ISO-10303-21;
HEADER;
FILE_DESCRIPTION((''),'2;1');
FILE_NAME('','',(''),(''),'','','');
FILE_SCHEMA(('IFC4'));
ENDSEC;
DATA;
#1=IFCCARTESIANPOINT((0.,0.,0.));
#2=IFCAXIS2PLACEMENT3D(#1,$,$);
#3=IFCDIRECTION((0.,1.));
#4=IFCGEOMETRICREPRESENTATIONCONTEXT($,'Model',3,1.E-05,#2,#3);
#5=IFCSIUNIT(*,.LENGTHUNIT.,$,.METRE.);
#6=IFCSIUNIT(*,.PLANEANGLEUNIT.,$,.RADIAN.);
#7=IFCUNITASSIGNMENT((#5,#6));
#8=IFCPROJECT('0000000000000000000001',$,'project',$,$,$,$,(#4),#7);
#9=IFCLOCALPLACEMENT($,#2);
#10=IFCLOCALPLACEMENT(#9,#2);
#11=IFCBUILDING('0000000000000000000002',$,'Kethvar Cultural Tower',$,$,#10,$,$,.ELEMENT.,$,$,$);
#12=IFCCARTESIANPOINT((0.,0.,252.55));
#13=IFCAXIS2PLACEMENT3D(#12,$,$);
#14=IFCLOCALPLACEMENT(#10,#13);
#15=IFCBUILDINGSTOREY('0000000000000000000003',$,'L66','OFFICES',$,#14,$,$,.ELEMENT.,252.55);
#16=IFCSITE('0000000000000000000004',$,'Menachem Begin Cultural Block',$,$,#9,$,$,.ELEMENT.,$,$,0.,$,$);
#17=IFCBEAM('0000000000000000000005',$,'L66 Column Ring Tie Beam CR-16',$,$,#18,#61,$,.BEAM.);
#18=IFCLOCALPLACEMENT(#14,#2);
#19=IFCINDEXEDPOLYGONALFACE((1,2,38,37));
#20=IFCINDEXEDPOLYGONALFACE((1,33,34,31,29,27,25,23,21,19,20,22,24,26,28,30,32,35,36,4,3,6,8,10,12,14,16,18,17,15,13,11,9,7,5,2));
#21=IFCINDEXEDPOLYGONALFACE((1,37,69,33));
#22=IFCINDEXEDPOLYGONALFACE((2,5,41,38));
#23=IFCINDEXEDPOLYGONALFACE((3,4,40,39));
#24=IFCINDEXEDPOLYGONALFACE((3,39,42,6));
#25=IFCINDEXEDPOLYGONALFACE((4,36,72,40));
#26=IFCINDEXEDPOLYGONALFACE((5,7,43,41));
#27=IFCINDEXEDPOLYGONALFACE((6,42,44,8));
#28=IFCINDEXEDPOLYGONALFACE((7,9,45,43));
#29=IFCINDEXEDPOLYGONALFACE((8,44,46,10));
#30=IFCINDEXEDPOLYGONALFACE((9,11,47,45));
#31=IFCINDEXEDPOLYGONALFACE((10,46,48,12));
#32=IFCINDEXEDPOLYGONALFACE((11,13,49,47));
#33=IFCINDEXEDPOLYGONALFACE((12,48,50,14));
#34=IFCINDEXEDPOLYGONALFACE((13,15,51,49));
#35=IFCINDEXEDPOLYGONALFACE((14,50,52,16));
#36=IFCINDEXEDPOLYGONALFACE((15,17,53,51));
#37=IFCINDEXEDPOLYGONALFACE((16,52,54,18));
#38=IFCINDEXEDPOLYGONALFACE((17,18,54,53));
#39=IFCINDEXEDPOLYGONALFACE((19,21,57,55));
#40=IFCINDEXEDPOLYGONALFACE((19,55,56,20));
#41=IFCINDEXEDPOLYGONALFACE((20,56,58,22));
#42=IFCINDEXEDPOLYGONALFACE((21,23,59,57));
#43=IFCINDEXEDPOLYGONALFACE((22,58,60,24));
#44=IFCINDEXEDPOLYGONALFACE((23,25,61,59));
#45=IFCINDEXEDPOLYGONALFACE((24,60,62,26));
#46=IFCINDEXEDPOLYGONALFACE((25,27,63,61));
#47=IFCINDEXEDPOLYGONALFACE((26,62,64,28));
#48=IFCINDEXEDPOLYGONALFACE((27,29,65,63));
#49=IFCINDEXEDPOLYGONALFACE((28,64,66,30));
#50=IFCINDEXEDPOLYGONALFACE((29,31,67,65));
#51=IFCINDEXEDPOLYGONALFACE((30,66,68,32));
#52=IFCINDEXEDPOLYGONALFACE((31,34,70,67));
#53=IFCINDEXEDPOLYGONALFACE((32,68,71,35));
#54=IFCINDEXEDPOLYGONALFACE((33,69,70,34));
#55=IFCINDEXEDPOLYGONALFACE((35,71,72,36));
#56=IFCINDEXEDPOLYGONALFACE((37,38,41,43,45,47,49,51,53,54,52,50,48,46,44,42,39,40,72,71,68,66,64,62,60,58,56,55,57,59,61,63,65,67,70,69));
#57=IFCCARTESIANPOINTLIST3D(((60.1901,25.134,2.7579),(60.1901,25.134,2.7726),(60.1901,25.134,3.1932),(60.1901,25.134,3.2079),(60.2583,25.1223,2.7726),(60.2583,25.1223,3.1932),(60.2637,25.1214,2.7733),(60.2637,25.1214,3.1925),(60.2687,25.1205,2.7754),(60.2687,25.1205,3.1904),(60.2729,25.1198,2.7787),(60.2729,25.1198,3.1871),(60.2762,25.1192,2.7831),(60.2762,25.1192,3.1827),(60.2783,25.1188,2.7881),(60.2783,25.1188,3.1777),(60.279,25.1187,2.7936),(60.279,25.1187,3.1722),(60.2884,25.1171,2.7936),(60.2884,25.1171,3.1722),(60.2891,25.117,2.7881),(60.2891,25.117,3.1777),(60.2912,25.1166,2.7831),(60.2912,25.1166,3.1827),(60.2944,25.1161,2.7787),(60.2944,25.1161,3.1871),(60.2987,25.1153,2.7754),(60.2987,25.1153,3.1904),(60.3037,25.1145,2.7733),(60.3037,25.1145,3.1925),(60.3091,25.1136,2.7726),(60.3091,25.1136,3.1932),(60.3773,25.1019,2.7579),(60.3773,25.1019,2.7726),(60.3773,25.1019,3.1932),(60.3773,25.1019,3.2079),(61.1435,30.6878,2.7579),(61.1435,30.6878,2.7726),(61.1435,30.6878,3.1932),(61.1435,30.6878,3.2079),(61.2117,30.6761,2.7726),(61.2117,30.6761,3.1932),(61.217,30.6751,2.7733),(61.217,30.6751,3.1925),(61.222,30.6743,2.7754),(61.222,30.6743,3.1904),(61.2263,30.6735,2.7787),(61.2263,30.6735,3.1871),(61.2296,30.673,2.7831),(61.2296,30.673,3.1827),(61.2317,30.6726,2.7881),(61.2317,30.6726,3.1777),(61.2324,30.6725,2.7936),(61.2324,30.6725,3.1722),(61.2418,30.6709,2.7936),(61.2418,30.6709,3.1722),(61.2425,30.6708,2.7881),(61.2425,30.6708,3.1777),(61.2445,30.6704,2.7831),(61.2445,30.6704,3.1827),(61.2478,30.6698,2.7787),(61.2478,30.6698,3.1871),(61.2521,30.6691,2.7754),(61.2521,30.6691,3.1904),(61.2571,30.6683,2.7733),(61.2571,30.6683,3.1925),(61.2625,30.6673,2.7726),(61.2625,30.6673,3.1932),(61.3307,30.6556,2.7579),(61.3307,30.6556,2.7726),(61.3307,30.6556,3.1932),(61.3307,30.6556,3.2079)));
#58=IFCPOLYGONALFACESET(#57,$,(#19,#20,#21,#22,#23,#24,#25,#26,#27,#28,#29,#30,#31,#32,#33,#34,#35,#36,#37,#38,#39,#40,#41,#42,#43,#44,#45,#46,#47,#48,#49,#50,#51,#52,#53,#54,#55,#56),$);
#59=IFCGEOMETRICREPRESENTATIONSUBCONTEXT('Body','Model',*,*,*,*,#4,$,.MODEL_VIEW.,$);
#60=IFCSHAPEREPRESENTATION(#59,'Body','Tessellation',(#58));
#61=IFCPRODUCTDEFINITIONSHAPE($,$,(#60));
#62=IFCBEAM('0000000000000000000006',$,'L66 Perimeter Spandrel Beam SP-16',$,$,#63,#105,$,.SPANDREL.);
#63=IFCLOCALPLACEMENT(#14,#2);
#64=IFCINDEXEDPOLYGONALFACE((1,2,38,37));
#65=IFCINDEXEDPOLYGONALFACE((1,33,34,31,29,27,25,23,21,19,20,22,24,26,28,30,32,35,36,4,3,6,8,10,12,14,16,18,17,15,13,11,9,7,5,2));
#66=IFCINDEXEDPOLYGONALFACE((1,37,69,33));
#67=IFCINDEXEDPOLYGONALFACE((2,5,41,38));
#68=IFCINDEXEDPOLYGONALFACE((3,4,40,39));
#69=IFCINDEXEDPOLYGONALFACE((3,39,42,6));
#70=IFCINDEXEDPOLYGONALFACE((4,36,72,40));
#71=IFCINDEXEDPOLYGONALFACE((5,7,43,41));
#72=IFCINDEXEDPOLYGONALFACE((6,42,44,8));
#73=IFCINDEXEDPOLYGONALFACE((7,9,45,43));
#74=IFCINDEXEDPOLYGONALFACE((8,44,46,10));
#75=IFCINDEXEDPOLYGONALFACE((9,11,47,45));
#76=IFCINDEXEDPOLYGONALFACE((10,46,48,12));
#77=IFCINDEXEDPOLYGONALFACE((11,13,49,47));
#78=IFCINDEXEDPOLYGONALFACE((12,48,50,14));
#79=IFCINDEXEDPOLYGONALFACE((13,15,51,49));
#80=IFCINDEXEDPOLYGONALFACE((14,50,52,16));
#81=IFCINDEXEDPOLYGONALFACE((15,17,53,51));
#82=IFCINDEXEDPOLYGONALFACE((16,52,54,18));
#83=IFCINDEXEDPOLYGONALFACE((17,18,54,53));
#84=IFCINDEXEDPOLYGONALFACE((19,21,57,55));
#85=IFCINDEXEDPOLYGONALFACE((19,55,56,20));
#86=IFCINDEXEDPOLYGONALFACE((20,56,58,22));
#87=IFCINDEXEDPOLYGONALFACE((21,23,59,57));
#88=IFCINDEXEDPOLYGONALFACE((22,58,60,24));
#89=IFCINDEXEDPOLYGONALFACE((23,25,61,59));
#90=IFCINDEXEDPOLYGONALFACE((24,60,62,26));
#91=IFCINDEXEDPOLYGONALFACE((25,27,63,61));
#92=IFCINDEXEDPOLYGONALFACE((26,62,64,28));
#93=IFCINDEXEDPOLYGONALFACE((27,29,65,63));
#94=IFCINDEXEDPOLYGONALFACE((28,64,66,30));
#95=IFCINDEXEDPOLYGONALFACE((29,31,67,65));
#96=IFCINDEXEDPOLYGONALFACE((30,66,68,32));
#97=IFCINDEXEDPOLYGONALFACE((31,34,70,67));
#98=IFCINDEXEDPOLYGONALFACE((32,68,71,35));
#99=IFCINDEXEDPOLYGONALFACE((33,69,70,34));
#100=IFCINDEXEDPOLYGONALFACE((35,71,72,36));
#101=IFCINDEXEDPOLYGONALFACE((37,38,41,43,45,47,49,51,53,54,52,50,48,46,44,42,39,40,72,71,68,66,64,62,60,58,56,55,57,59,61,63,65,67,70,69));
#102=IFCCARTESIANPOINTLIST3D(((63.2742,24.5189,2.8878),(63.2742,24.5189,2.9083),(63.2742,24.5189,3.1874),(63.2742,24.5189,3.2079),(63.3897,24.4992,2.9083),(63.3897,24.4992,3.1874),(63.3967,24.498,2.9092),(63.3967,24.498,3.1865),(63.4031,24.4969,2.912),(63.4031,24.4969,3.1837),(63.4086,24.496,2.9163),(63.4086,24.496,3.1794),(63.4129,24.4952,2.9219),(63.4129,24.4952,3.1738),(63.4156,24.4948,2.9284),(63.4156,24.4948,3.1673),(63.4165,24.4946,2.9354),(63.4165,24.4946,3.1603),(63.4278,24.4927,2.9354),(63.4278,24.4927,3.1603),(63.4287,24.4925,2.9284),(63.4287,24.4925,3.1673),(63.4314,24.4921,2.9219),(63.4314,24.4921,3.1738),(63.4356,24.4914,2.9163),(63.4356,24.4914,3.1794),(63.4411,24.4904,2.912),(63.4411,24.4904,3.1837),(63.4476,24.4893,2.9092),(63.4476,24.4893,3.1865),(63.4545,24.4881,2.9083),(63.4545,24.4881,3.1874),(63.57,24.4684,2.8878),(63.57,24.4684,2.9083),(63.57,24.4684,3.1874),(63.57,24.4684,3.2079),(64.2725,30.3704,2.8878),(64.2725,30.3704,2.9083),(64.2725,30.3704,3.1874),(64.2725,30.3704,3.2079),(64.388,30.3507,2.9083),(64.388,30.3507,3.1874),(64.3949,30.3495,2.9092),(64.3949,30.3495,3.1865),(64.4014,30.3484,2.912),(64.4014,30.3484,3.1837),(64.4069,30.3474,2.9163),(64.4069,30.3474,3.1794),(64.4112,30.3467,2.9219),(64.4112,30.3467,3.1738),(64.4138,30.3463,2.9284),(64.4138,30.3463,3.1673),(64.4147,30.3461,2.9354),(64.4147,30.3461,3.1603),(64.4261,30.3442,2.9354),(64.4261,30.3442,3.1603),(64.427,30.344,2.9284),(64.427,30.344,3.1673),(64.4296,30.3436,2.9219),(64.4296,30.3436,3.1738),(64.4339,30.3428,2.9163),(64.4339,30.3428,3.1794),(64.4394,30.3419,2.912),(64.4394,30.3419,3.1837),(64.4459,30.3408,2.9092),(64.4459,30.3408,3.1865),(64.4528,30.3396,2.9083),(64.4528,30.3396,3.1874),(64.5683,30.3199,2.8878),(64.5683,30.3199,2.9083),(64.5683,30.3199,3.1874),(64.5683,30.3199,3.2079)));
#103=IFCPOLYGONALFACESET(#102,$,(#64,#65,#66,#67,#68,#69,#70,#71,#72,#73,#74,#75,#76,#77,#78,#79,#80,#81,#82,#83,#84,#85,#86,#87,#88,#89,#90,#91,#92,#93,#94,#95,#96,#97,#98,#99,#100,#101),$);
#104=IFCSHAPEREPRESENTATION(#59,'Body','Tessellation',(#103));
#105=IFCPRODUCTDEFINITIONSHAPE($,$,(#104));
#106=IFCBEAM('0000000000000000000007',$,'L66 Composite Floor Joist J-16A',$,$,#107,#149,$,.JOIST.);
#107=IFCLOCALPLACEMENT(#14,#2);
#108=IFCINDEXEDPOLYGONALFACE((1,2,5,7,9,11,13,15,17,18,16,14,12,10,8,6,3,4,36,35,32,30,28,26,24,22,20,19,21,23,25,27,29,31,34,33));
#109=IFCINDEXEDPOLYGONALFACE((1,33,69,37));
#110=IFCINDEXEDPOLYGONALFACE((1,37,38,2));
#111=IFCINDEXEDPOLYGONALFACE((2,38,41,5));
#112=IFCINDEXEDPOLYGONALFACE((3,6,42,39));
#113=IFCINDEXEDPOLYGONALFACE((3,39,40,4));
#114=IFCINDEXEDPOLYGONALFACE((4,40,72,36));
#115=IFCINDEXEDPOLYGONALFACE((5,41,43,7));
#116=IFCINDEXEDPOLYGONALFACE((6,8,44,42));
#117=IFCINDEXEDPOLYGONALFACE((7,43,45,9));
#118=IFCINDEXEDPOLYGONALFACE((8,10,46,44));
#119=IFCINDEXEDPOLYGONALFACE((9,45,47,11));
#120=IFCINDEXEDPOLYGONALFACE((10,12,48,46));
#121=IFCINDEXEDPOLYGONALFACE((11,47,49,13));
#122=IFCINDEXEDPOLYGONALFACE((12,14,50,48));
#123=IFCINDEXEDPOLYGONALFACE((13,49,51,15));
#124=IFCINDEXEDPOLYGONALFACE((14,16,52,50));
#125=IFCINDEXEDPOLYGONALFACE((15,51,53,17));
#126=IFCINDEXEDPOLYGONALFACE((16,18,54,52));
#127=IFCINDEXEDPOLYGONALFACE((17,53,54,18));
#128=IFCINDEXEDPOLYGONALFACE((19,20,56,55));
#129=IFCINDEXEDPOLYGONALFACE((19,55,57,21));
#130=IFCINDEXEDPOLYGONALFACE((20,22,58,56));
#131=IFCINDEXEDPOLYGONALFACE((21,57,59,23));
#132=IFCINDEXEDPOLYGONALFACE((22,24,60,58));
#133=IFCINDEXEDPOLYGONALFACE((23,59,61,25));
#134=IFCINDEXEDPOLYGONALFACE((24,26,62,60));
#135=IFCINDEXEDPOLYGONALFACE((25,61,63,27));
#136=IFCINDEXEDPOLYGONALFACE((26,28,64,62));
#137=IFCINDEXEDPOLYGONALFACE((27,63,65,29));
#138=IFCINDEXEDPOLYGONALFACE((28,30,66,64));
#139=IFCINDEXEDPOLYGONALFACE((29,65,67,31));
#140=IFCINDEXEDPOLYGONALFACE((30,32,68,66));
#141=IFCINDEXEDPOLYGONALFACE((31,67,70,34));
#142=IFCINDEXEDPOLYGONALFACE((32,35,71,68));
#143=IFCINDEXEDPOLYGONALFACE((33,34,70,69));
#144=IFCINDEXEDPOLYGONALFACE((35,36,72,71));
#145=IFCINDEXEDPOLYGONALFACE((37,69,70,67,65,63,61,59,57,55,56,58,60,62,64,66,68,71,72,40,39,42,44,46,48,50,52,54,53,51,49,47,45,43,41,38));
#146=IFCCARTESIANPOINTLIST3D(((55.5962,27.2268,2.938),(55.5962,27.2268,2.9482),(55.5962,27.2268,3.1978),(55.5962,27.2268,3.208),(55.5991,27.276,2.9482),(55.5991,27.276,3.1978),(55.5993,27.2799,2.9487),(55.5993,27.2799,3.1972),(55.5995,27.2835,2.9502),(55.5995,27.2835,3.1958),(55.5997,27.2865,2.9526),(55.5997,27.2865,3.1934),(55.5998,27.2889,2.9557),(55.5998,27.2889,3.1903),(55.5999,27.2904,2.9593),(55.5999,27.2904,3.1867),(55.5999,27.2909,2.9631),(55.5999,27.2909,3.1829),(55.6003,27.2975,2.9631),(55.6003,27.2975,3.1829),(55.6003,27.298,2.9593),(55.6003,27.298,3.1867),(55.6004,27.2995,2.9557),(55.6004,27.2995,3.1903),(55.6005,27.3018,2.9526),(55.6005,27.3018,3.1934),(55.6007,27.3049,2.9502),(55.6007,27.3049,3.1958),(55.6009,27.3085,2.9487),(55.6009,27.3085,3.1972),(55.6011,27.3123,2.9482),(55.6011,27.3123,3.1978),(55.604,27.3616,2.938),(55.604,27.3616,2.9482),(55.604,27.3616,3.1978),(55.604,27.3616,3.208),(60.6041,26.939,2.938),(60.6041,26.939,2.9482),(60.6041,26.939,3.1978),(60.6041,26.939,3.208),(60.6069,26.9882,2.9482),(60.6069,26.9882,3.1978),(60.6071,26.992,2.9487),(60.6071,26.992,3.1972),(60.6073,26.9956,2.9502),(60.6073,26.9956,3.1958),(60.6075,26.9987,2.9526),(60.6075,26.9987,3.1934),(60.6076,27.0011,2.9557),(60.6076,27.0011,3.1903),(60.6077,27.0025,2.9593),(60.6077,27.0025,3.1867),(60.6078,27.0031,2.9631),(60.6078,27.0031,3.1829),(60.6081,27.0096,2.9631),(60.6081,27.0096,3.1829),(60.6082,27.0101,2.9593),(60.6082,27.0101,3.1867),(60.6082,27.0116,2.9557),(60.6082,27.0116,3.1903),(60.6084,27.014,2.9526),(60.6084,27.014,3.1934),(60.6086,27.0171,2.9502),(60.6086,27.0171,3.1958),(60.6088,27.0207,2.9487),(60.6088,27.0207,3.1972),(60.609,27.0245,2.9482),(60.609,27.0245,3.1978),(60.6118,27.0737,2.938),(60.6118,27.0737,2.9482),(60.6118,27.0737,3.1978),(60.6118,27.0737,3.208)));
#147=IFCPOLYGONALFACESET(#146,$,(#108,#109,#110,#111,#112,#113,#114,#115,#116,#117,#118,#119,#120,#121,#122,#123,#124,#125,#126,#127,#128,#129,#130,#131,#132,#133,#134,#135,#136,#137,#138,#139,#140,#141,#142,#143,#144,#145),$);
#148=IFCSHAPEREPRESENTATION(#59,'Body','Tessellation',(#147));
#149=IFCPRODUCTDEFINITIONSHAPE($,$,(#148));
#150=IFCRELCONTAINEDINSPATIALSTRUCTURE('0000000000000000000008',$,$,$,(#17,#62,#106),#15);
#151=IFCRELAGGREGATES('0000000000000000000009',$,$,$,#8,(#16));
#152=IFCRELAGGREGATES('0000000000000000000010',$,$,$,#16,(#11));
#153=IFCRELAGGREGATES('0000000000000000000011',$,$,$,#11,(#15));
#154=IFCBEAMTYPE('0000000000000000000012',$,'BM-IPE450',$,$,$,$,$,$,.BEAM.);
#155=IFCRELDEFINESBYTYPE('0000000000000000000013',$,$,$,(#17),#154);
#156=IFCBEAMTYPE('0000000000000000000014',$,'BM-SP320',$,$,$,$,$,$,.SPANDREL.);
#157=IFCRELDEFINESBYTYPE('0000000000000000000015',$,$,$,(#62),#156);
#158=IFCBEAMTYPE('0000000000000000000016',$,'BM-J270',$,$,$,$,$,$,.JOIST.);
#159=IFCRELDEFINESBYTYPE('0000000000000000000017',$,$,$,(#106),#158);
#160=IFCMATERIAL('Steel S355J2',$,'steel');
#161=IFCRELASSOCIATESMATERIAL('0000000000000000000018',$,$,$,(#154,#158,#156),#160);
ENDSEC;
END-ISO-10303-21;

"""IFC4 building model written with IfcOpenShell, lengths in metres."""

from ifc_helpers import new_model, si_unit, direction, frame, origin, origin_2d, place, context, subcontext, project, spatial, i_section, extrude, source, transform, mapped, material, material_profile, profile_set, type_object, element, save


model = new_model("IFC4")

# Units and contexts
model_context = context("Model", 3, precision=1e-05, world=origin(), true_north=direction((0.0, 1.0)))
body_context = subcontext(model_context, "Body", "Model", "MODEL_VIEW")
ifc_project = project(units=[si_unit("LENGTHUNIT", "METRE"), si_unit("PLANEANGLEUNIT", "RADIAN")], contexts=[model_context])

# Site, building, storey
site_placement = place(None, origin())
site = spatial("IfcSite", under=ifc_project, at=site_placement, Name="Menachem Begin Cultural Block", CompositionType="ELEMENT", RefElevation=0.0)
building_placement = place(site_placement, origin())
building = spatial("IfcBuilding", under=site, at=building_placement, Name="Kethvar Cultural Tower", CompositionType="ELEMENT")
storey_placement = place(building_placement, frame((0.0, 0.0, 252.55)))
storey = spatial("IfcBuildingStorey", under=building, at=storey_placement, Name="L66", Description="OFFICES", CompositionType="ELEMENT", Elevation=252.55)

# Beams
ifc_material_1 = material(Name="Steel S355J2", Category="steel")
ifc_material_profile_1 = material_profile(ifc_material_1, i_section(OverallWidth=0.1899, OverallDepth=0.45, WebThickness=0.0095, FlangeThickness=0.0146, FilletRadius=0.021, at=origin_2d()), Name="Steel S355J2 — IPE450")
ifc_profile_set_1 = profile_set([ifc_material_profile_1], Name="Steel S355J2 — IPE450")
beam_type_1 = type_object("IfcBeamType", Name="BM-IPE450", PredefinedType="BEAM", material=ifc_profile_set_1)
ifc_material_profile_2 = material_profile(ifc_material_1, i_section(OverallWidth=0.135, OverallDepth=0.27, WebThickness=0.0066, FlangeThickness=0.0103, FilletRadius=0.0149, at=origin_2d()), Name="Steel S355J2 — IPE270")
ifc_profile_set_2 = profile_set([ifc_material_profile_2], Name="Steel S355J2 — IPE270")
beam_type_2 = type_object("IfcBeamType", Name="BM-J270", PredefinedType="JOIST", material=ifc_profile_set_2)
shared_shape_1 = source(origin(), body_context, "Body", "SweptSolid", [
    extrude(i_section(OverallWidth=0.1899, OverallDepth=0.45, WebThickness=0.0095, FlangeThickness=0.0146, FilletRadius=0.021, at=origin_2d()), origin(), (0.0, 0.0, 1.0), 5.635),
])
beam_1_placement = place(storey_placement, frame((60.2837, 25.1179, 2.9829), z_axis=(0.169189, 0.985584, 0.0), x_axis=(-0.985584, 0.169189, 0.0)))
element("IfcBeam", 1, at=beam_1_placement, inside=storey, type_object=beam_type_1, Name="L66 Column Ring Tie Beam CR-16", PredefinedType="BEAM", context=body_context, shape_type="MappedRepresentation", body=[
    mapped(shared_shape_1, transform((0.0, 0.0, 0.0), scale=1.0)),
])
ifc_material_profile_3 = material_profile(ifc_material_1, i_section(OverallWidth=0.3, OverallDepth=0.3201, WebThickness=0.0115, FlangeThickness=0.0205, FilletRadius=0.0271, at=origin_2d()), Name="Steel S355J2 — HEB320")
ifc_profile_set_3 = profile_set([ifc_material_profile_3], Name="Steel S355J2 — HEB320")
beam_type_3 = type_object("IfcBeamType", Name="BM-SP320", PredefinedType="SPANDREL", material=ifc_profile_set_3)
shared_shape_2 = source(origin(), body_context, "Body", "SweptSolid", [
    extrude(i_section(OverallWidth=0.3, OverallDepth=0.3201, WebThickness=0.0115, FlangeThickness=0.0205, FilletRadius=0.0271, at=origin_2d()), origin(), (0.0, 0.0, 1.0), 5.936),
])
beam_2_placement = place(storey_placement, frame((63.4221, 24.4937, 3.0479), z_axis=(0.168173, 0.985758, 0.0), x_axis=(-0.985758, 0.168173, 0.0)))
element("IfcBeam", 2, at=beam_2_placement, inside=storey, type_object=beam_type_3, Name="L66 Perimeter Spandrel Beam SP-16", PredefinedType="SPANDREL", context=body_context, shape_type="MappedRepresentation", body=[
    mapped(shared_shape_2, transform((0.0, 0.0, 0.0), scale=1.0)),
])
shared_shape_3 = source(origin(), body_context, "Body", "SweptSolid", [
    extrude(i_section(OverallWidth=0.135, OverallDepth=0.27, WebThickness=0.0066, FlangeThickness=0.0103, FilletRadius=0.0149, at=origin_2d()), origin(), (0.0, 0.0, 1.0), 5.0161),
])
beam_3_placement = place(storey_placement, frame((55.6001, 27.2942, 3.073), z_axis=(0.998352, -0.057384, 0.0), x_axis=(0.057384, 0.998352, 0.0)))
element("IfcBeam", 3, at=beam_3_placement, inside=storey, type_object=beam_type_2, Name="L66 Composite Floor Joist J-16A", PredefinedType="JOIST", context=body_context, shape_type="MappedRepresentation", body=[
    mapped(shared_shape_3, transform((0.0, 0.0, 0.0), scale=1.0)),
])

save(model, "model.ifc")
